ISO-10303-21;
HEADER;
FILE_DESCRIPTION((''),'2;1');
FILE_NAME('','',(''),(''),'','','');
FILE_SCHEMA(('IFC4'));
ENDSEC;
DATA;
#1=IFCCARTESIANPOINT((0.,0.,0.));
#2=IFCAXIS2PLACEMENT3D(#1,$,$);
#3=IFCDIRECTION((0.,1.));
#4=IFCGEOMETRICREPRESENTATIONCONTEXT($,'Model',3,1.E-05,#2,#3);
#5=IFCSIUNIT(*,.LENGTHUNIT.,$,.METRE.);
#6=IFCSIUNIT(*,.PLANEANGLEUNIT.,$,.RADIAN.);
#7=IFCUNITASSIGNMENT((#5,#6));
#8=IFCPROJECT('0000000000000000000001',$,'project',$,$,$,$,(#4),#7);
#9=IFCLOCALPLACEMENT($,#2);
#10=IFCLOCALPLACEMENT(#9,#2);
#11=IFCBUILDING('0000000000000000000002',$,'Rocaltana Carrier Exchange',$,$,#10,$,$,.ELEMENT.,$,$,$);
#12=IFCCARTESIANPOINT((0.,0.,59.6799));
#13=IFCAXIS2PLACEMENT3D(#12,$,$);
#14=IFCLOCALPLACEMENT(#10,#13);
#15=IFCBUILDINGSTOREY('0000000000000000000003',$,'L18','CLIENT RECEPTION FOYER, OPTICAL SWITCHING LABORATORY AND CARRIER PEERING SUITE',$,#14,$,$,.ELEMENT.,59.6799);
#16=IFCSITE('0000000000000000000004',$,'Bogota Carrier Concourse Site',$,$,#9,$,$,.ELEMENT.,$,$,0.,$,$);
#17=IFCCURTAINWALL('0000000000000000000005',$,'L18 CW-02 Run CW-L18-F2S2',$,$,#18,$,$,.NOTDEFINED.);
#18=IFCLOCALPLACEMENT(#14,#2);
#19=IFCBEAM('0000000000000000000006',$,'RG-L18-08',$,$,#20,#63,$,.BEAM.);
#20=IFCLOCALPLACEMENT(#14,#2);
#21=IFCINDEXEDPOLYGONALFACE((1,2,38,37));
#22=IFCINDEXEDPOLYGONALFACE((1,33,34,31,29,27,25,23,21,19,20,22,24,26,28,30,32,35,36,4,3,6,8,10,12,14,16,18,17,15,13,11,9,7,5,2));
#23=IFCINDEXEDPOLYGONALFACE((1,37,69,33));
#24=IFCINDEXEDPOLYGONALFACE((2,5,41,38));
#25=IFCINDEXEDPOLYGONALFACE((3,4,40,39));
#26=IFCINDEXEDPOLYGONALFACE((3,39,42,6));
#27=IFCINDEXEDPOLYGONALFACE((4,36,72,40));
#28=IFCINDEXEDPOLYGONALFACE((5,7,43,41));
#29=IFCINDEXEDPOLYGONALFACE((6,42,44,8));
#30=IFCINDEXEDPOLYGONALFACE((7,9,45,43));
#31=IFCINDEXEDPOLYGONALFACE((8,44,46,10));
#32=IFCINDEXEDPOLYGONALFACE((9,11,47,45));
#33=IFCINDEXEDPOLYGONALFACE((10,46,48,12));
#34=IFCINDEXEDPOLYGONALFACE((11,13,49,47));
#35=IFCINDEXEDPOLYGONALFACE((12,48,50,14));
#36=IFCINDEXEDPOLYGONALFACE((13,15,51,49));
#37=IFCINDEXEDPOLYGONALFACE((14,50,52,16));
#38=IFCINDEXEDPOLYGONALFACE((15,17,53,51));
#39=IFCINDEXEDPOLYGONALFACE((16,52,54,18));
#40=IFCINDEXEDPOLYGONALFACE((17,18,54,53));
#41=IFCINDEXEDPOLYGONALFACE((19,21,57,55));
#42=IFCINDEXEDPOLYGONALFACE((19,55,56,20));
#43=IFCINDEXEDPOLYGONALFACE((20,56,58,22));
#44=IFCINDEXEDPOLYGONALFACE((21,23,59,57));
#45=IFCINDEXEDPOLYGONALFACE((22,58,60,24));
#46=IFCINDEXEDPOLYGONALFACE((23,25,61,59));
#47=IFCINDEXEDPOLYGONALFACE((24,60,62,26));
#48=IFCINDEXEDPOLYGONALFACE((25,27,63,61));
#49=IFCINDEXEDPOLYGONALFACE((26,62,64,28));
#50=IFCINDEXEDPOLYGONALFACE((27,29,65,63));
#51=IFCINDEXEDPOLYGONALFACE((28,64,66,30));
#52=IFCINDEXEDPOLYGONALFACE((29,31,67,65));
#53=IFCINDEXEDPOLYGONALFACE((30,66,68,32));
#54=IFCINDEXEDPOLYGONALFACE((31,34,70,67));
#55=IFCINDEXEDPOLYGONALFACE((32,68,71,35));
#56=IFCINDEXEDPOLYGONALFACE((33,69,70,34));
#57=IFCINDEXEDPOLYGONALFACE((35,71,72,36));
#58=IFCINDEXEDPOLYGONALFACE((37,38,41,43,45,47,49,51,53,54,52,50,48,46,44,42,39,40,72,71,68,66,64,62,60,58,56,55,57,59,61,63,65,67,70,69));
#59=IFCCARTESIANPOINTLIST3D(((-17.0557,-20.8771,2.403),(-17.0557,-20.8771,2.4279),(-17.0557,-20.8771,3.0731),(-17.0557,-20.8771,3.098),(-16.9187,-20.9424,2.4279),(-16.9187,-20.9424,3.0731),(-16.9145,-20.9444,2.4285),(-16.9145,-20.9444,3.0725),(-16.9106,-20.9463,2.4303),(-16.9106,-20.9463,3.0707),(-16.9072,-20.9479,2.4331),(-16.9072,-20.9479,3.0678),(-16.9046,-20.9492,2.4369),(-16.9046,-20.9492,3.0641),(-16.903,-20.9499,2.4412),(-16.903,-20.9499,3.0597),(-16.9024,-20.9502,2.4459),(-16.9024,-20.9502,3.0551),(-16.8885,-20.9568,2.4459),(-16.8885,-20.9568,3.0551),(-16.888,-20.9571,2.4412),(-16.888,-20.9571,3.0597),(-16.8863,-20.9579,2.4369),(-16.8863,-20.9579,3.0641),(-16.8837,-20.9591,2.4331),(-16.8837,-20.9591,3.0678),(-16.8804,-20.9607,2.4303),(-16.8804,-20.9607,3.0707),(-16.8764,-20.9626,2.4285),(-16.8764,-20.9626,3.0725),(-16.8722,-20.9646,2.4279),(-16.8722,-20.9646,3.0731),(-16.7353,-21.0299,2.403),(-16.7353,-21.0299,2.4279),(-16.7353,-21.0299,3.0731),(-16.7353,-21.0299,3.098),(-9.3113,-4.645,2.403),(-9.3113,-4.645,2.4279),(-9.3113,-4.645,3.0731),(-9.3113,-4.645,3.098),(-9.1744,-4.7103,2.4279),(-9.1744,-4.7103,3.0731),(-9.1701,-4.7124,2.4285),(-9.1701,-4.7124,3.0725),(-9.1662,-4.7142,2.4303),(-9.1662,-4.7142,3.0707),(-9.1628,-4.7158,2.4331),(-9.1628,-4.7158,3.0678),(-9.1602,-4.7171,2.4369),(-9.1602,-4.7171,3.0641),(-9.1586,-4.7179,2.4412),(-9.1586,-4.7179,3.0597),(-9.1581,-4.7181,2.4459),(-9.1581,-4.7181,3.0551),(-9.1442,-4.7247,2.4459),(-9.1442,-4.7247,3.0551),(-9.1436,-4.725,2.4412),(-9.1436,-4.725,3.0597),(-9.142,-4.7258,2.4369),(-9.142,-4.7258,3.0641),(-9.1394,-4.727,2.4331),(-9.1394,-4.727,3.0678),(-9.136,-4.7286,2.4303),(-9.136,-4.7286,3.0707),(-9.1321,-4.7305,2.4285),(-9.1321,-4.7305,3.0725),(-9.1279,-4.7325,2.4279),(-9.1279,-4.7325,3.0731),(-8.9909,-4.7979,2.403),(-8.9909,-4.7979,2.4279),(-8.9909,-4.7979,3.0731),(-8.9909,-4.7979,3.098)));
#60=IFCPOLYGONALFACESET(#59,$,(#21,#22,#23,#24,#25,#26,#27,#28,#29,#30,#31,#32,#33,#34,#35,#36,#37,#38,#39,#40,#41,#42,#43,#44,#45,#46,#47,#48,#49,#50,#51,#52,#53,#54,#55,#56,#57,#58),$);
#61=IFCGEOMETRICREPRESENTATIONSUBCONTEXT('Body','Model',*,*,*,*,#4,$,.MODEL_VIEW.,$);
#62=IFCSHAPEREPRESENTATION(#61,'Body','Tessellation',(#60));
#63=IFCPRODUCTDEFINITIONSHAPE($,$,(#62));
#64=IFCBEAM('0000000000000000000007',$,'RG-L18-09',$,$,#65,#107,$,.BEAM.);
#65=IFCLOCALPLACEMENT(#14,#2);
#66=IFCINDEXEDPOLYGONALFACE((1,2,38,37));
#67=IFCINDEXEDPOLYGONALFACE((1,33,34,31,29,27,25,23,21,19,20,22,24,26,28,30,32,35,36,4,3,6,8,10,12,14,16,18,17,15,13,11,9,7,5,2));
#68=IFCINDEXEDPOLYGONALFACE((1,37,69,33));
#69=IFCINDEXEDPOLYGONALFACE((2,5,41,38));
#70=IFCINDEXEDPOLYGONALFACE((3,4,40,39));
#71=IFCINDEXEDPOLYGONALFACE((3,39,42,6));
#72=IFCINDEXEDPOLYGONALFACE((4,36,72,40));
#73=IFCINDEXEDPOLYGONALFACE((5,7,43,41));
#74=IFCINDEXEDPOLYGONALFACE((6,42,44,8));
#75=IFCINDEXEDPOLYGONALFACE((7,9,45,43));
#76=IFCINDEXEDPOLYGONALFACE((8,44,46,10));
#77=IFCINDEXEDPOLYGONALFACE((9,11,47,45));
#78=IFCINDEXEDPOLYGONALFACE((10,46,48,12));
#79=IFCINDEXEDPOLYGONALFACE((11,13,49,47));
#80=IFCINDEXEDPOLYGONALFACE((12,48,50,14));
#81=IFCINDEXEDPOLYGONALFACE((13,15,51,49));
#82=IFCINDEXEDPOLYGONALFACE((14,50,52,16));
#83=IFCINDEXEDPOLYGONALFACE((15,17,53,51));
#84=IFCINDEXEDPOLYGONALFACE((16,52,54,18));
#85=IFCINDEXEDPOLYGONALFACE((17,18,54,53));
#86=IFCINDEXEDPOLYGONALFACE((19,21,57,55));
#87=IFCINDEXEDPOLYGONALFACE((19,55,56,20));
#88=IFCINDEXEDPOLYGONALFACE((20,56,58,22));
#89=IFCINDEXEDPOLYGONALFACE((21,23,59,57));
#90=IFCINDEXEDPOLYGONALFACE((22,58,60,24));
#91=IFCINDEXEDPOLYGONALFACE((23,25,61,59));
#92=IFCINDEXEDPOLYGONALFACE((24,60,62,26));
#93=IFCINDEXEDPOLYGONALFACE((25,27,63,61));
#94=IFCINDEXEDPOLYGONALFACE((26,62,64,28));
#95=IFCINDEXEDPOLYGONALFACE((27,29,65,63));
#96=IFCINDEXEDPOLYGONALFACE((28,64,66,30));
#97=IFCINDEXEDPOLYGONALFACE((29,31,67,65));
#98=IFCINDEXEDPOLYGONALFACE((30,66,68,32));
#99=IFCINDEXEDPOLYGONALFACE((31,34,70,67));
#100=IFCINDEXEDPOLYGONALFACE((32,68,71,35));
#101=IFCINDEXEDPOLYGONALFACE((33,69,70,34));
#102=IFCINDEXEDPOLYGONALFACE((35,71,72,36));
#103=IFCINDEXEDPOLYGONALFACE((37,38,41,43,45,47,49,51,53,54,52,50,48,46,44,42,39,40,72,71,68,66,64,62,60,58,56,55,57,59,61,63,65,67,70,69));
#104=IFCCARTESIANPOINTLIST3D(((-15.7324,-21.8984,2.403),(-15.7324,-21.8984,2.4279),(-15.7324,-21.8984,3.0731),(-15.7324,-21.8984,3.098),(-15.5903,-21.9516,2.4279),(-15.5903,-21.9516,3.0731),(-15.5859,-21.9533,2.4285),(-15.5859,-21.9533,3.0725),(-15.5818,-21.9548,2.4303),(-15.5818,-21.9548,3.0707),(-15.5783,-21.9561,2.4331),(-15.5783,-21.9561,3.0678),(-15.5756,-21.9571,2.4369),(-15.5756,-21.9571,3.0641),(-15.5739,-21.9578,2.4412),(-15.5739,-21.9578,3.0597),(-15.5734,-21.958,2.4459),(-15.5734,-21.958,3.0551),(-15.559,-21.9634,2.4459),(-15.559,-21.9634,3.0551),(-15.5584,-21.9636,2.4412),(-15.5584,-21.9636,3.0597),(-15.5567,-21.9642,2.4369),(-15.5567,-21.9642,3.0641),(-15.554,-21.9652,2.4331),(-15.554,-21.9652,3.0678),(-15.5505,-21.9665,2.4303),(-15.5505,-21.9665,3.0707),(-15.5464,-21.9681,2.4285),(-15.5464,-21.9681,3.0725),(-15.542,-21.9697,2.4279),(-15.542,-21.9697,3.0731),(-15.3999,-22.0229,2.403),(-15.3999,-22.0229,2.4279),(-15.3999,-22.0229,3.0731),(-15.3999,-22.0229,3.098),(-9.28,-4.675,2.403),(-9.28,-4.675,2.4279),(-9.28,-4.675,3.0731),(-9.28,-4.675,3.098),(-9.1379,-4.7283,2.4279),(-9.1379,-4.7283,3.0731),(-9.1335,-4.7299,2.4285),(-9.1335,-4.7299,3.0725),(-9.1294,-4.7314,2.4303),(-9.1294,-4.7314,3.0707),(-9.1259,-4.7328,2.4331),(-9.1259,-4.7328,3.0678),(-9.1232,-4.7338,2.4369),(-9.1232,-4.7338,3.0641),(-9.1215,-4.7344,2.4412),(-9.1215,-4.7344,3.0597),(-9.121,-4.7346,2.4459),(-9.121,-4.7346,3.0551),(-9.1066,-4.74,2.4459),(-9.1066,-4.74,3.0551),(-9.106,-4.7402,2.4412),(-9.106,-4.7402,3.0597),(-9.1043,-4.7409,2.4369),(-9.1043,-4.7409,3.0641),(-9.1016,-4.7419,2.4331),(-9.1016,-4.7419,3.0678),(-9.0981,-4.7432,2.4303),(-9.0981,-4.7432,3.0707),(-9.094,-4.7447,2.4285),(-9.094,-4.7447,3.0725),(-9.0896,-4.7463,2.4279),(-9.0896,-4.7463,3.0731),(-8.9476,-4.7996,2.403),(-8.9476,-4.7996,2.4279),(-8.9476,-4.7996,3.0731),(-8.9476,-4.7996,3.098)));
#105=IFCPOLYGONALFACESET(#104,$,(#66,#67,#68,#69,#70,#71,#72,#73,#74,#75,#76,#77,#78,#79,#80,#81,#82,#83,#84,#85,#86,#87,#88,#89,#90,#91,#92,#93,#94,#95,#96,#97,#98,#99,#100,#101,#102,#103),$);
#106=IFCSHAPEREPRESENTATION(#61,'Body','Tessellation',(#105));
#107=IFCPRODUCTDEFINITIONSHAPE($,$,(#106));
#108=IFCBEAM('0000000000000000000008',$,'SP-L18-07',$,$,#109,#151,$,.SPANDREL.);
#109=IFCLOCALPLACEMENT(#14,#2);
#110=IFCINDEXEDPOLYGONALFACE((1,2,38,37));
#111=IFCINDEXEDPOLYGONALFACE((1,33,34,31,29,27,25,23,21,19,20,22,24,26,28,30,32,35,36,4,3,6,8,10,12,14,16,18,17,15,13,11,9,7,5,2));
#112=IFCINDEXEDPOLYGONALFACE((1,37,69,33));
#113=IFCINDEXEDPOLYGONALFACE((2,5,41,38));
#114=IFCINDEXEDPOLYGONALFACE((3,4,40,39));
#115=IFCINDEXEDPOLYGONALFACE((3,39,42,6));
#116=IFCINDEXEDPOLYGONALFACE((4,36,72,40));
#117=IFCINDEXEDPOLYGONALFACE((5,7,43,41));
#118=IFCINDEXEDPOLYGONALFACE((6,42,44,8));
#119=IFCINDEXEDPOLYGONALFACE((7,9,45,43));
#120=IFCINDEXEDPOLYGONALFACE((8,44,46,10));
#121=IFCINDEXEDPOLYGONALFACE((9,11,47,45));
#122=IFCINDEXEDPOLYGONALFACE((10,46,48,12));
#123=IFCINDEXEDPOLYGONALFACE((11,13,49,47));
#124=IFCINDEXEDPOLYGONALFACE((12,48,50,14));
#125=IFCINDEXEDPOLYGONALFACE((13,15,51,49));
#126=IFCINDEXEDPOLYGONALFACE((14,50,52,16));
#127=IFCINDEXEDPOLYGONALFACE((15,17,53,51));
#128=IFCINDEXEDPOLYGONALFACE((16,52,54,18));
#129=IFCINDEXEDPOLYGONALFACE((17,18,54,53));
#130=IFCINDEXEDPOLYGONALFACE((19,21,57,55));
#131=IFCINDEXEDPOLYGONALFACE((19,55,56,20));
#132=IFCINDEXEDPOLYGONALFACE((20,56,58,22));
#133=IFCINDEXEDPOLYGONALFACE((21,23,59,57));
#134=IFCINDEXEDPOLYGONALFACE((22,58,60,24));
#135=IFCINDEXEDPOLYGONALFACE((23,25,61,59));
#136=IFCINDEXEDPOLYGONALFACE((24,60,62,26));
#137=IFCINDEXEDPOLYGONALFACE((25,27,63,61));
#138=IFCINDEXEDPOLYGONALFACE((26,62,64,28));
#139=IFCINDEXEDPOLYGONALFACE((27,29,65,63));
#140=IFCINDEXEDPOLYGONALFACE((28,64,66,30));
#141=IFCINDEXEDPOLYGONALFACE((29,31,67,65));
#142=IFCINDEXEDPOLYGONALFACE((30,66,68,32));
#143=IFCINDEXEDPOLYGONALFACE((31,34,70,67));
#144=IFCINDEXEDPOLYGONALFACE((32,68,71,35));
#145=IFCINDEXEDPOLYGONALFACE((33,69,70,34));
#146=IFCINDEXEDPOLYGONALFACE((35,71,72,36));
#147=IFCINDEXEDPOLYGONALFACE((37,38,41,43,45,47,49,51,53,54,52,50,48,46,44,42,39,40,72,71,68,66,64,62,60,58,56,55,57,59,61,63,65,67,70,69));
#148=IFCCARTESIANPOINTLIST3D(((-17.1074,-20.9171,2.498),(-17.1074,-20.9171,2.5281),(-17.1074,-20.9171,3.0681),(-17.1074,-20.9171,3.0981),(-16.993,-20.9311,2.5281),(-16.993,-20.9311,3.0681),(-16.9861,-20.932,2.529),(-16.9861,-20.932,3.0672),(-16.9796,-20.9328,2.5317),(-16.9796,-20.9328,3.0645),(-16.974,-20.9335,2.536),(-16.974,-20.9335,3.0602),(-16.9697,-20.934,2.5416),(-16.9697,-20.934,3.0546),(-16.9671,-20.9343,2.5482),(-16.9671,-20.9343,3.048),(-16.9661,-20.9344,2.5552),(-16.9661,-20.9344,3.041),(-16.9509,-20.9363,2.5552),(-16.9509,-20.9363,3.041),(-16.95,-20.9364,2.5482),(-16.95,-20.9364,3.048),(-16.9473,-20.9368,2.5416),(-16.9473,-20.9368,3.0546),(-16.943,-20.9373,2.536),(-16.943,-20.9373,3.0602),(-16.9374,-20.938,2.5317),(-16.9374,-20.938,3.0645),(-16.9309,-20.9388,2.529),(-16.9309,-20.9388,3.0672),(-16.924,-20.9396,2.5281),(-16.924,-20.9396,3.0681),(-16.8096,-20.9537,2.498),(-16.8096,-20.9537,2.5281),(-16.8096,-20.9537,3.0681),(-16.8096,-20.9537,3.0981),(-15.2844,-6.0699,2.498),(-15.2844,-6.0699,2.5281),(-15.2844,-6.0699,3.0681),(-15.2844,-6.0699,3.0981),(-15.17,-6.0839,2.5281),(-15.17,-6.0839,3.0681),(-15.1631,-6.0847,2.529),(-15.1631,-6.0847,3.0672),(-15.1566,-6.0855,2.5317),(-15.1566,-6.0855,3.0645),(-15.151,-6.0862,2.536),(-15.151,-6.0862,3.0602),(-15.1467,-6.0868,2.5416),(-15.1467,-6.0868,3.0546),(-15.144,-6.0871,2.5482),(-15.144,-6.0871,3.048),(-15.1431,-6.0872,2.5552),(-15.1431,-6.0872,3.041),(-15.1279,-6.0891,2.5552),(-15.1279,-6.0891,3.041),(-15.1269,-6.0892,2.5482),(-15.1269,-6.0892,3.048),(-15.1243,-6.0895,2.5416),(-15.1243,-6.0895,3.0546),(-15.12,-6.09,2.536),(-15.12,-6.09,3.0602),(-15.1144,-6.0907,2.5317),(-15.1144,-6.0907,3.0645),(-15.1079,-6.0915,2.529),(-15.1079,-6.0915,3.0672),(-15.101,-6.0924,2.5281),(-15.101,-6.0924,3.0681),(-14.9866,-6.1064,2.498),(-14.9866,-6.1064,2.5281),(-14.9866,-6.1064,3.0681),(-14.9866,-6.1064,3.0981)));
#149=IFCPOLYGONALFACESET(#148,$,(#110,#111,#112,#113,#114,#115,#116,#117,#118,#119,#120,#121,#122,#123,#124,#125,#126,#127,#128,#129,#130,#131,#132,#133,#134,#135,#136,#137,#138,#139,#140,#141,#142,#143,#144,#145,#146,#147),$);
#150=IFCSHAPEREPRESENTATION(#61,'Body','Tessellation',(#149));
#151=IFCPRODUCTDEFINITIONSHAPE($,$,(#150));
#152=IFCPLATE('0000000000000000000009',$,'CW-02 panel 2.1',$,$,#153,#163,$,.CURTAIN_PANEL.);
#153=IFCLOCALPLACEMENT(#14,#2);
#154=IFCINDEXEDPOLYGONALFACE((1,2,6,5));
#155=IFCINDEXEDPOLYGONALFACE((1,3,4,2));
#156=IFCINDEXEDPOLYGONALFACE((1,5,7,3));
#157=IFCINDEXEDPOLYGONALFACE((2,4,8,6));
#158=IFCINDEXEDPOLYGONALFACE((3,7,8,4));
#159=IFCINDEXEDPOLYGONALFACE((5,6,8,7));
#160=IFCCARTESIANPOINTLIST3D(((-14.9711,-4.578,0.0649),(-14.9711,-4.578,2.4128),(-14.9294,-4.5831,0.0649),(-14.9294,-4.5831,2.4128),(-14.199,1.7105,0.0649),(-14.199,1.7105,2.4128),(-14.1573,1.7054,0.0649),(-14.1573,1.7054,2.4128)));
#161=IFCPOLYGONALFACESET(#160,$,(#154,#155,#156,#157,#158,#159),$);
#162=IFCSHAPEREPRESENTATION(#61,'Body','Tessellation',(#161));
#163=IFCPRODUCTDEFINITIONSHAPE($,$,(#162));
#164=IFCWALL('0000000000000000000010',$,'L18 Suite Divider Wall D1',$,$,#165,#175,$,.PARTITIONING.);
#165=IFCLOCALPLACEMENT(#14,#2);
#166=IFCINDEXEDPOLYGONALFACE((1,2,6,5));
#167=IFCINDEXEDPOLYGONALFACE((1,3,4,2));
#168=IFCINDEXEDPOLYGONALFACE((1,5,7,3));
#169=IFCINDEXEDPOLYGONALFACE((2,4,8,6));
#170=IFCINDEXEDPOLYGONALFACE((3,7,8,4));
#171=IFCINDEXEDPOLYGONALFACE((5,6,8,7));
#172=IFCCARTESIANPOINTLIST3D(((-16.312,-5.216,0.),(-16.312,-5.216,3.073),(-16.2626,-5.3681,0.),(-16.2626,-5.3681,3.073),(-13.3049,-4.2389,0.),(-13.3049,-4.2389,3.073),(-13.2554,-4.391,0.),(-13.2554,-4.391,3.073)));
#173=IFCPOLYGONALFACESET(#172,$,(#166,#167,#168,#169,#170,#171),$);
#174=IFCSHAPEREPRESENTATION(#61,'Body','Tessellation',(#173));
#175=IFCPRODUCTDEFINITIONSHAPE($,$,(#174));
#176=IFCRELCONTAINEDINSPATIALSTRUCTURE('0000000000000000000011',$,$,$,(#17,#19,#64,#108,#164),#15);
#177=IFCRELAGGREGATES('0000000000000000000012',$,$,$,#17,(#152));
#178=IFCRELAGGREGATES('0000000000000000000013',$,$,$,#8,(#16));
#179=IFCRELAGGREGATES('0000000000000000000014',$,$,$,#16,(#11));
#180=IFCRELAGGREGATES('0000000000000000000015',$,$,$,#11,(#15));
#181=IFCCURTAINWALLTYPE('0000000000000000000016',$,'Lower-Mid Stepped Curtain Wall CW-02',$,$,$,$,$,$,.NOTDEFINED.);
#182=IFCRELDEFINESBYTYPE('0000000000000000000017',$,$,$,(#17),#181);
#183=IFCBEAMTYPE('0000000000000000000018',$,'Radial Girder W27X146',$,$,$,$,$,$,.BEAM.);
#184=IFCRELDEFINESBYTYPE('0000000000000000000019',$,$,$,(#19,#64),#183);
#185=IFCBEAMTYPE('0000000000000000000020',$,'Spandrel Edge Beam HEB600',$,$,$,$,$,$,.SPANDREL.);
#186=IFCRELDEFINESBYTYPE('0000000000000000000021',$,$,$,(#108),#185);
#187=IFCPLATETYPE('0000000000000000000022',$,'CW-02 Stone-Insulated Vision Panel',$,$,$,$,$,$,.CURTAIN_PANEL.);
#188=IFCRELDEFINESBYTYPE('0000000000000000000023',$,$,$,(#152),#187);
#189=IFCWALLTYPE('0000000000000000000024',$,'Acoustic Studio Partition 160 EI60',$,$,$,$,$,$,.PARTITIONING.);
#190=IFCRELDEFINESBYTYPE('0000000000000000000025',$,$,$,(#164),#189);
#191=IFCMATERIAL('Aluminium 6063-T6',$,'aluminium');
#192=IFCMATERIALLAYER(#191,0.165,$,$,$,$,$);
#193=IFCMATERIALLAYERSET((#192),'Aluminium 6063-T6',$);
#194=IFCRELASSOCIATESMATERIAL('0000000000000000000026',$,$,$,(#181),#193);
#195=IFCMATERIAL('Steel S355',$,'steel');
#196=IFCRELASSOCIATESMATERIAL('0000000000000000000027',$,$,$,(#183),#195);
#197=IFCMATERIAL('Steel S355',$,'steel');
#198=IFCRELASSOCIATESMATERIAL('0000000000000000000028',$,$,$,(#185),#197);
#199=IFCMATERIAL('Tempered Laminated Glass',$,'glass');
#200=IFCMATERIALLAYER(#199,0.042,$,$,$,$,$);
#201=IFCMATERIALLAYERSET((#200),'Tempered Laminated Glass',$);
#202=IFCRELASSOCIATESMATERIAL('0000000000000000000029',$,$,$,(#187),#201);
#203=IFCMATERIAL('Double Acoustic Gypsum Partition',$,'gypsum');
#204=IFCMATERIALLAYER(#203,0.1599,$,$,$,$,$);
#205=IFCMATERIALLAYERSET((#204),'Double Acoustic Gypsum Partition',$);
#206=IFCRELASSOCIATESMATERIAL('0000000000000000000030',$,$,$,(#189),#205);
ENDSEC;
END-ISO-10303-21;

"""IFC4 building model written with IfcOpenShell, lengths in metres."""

from ifc_helpers import new_model, si_unit, direction, frame, frame_2d, origin, origin_2d, place, context, subcontext, project, spatial, rectangle, i_section, extrude, material, layer, layer_set, material_profile, profile_set, type_object, element, aggregate, save


model = new_model("IFC4")

# Units and contexts
model_context = context("Model", 3, precision=1e-05, world=origin(), true_north=direction((0.0, 1.0)))
body_context = subcontext(model_context, "Body", "Model", "MODEL_VIEW")
ifc_project = project(units=[si_unit("LENGTHUNIT", "METRE"), si_unit("PLANEANGLEUNIT", "RADIAN")], contexts=[model_context])

# Site, building, storey
site_placement = place(None, origin())
site = spatial("IfcSite", under=ifc_project, at=site_placement, Name="Bogota Carrier Concourse Site", CompositionType="ELEMENT", RefElevation=0.0)
building_placement = place(site_placement, origin())
building = spatial("IfcBuilding", under=site, at=building_placement, Name="Rocaltana Carrier Exchange", CompositionType="ELEMENT")
storey_placement = place(building_placement, frame((0.0, 0.0, 59.6799)))
storey = spatial("IfcBuildingStorey", under=building, at=storey_placement, Name="L18", Description="CLIENT RECEPTION FOYER, OPTICAL SWITCHING LABORATORY AND CARRIER PEERING SUITE", CompositionType="ELEMENT", Elevation=59.6799)

# Curtain wall
ifc_material_1 = material(Name="Aluminium 6063-T6", Category="aluminium")
ifc_layer_1 = layer(ifc_material_1, 0.165)
ifc_layer_set_1 = layer_set([ifc_layer_1], Name="Aluminium 6063-T6")
curtain_wall_type = type_object("IfcCurtainWallType", Name="Lower-Mid Stepped Curtain Wall CW-02", PredefinedType="NOTDEFINED", material=ifc_layer_set_1)
curtain_wall_1_placement = place(storey_placement, origin())
curtain_wall_1 = element("IfcCurtainWall", 1, at=curtain_wall_1_placement, inside=storey, type_object=curtain_wall_type, Name="L18 CW-02 Run CW-L18-F2S2", PredefinedType="NOTDEFINED")

# Beams
ifc_material_2 = material(Name="Steel S355", Category="steel")
ifc_material_profile_1 = material_profile(ifc_material_2, i_section(OverallWidth=0.355, OverallDepth=0.6951, WebThickness=0.0154, FlangeThickness=0.0249, FilletRadius=0.0181, at=origin_2d()), Name="W27X146")
ifc_profile_set_1 = profile_set([ifc_material_profile_1], Name="Steel S355")
beam_type_1 = type_object("IfcBeamType", Name="Radial Girder W27X146", PredefinedType="BEAM", material=ifc_profile_set_1)
beam_1_placement = place(storey_placement, frame((-9.1511, -4.7214, 2.7505), z_axis=(-0.430603, -0.902541, 0.0), x_axis=(0.902541, -0.430603, 0.0)))
element("IfcBeam", 2, at=beam_1_placement, inside=storey, type_object=beam_type_1, Name="RG-L18-08", PredefinedType="BEAM", context=body_context, shape_type="SweptSolid", body=[
    extrude(i_section(OverallWidth=0.355, OverallDepth=0.6951, WebThickness=0.0154, FlangeThickness=0.0249, FilletRadius=0.0181, at=origin_2d()), origin(), (0.0, 0.0, 1.0), 17.9849),
])
beam_2_placement = place(storey_placement, frame((-9.1138, -4.7373, 2.7505), z_axis=(-0.350819, -0.936443, 0.0), x_axis=(0.936443, -0.350819, 0.0)))
element("IfcBeam", 3, at=beam_2_placement, inside=storey, type_object=beam_type_1, Name="RG-L18-09", PredefinedType="BEAM", context=body_context, shape_type="SweptSolid", body=[
    extrude(i_section(OverallWidth=0.355, OverallDepth=0.6951, WebThickness=0.0154, FlangeThickness=0.0249, FilletRadius=0.0181, at=origin_2d()), origin(), (0.0, 0.0, 1.0), 18.3923),
])
ifc_material_3 = material(Name="Steel S355", Category="steel")
ifc_material_profile_2 = material_profile(ifc_material_3, i_section(OverallWidth=0.3, OverallDepth=0.6001, WebThickness=0.0154, FlangeThickness=0.03, FilletRadius=0.0271, at=origin_2d()), Name="HEB600")
ifc_profile_set_2 = profile_set([ifc_material_profile_2], Name="Steel S355")
beam_type_2 = type_object("IfcBeamType", Name="Spandrel Edge Beam HEB600", PredefinedType="SPANDREL", material=ifc_profile_set_2)
beam_3_placement = place(storey_placement, frame((-15.1355, -6.0881, 2.7981), z_axis=(-0.121869, -0.992546, 0.0), x_axis=(0.992546, -0.121869, 0.0)))
element("IfcBeam", 4, at=beam_3_placement, inside=storey, type_object=beam_type_2, Name="SP-L18-07", PredefinedType="SPANDREL", context=body_context, shape_type="SweptSolid", body=[
    extrude(i_section(OverallWidth=0.3, OverallDepth=0.6001, WebThickness=0.0154, FlangeThickness=0.03, FilletRadius=0.0271, at=origin_2d()), origin(), (0.0, 0.0, 1.0), 14.9587),
])

# Plate
ifc_material_4 = material(Name="Tempered Laminated Glass", Category="glass")
ifc_layer_2 = layer(ifc_material_4, 0.042)
ifc_layer_set_2 = layer_set([ifc_layer_2], Name="Tempered Laminated Glass")
plate_type = type_object("IfcPlateType", Name="CW-02 Stone-Insulated Vision Panel", PredefinedType="CURTAIN_PANEL", material=ifc_layer_set_2)
plate_placement = place(storey_placement, frame((-14.5642, -1.4363, 0.0649), z_axis=(0.0, 0.0, 1.0), x_axis=(-0.121874, -0.992546, 0.0)))
plate = element("IfcPlate", 5, at=plate_placement, type_object=plate_type, Name="CW-02 panel 2.1", PredefinedType="CURTAIN_PANEL", context=body_context, shape_type="SweptSolid", body=[
    extrude(rectangle(XDim=6.3357, YDim=0.042, at=origin_2d()), origin(), (0.0, 0.0, 1.0), 2.3479),
])
aggregate(curtain_wall_1, [plate])

# Wall
ifc_material_5 = material(Name="Double Acoustic Gypsum Partition", Category="gypsum")
ifc_layer_3 = layer(ifc_material_5, 0.1599)
ifc_layer_set_3 = layer_set([ifc_layer_3], Name="Double Acoustic Gypsum Partition")
wall_type_1 = type_object("IfcWallType", Name="Acoustic Studio Partition 160 EI60", PredefinedType="PARTITIONING", material=ifc_layer_set_3)
wall_1_placement = place(storey_placement, frame((-13.28, -4.3149, 0.0), z_axis=(0.0, 0.0, 1.0), x_axis=(-0.951057, -0.309014, 0.0)))
element("IfcWall", 6, at=wall_1_placement, inside=storey, type_object=wall_type_1, Name="L18 Suite Divider Wall D1", PredefinedType="PARTITIONING", context=body_context, shape_type="SweptSolid", body=[
    extrude(rectangle(XDim=3.1619, YDim=0.1599, at=frame_2d((1.5811, 0.0))), origin(), (0.0, 0.0, 1.0), 3.073),
])

save(model, "model.ifc")
